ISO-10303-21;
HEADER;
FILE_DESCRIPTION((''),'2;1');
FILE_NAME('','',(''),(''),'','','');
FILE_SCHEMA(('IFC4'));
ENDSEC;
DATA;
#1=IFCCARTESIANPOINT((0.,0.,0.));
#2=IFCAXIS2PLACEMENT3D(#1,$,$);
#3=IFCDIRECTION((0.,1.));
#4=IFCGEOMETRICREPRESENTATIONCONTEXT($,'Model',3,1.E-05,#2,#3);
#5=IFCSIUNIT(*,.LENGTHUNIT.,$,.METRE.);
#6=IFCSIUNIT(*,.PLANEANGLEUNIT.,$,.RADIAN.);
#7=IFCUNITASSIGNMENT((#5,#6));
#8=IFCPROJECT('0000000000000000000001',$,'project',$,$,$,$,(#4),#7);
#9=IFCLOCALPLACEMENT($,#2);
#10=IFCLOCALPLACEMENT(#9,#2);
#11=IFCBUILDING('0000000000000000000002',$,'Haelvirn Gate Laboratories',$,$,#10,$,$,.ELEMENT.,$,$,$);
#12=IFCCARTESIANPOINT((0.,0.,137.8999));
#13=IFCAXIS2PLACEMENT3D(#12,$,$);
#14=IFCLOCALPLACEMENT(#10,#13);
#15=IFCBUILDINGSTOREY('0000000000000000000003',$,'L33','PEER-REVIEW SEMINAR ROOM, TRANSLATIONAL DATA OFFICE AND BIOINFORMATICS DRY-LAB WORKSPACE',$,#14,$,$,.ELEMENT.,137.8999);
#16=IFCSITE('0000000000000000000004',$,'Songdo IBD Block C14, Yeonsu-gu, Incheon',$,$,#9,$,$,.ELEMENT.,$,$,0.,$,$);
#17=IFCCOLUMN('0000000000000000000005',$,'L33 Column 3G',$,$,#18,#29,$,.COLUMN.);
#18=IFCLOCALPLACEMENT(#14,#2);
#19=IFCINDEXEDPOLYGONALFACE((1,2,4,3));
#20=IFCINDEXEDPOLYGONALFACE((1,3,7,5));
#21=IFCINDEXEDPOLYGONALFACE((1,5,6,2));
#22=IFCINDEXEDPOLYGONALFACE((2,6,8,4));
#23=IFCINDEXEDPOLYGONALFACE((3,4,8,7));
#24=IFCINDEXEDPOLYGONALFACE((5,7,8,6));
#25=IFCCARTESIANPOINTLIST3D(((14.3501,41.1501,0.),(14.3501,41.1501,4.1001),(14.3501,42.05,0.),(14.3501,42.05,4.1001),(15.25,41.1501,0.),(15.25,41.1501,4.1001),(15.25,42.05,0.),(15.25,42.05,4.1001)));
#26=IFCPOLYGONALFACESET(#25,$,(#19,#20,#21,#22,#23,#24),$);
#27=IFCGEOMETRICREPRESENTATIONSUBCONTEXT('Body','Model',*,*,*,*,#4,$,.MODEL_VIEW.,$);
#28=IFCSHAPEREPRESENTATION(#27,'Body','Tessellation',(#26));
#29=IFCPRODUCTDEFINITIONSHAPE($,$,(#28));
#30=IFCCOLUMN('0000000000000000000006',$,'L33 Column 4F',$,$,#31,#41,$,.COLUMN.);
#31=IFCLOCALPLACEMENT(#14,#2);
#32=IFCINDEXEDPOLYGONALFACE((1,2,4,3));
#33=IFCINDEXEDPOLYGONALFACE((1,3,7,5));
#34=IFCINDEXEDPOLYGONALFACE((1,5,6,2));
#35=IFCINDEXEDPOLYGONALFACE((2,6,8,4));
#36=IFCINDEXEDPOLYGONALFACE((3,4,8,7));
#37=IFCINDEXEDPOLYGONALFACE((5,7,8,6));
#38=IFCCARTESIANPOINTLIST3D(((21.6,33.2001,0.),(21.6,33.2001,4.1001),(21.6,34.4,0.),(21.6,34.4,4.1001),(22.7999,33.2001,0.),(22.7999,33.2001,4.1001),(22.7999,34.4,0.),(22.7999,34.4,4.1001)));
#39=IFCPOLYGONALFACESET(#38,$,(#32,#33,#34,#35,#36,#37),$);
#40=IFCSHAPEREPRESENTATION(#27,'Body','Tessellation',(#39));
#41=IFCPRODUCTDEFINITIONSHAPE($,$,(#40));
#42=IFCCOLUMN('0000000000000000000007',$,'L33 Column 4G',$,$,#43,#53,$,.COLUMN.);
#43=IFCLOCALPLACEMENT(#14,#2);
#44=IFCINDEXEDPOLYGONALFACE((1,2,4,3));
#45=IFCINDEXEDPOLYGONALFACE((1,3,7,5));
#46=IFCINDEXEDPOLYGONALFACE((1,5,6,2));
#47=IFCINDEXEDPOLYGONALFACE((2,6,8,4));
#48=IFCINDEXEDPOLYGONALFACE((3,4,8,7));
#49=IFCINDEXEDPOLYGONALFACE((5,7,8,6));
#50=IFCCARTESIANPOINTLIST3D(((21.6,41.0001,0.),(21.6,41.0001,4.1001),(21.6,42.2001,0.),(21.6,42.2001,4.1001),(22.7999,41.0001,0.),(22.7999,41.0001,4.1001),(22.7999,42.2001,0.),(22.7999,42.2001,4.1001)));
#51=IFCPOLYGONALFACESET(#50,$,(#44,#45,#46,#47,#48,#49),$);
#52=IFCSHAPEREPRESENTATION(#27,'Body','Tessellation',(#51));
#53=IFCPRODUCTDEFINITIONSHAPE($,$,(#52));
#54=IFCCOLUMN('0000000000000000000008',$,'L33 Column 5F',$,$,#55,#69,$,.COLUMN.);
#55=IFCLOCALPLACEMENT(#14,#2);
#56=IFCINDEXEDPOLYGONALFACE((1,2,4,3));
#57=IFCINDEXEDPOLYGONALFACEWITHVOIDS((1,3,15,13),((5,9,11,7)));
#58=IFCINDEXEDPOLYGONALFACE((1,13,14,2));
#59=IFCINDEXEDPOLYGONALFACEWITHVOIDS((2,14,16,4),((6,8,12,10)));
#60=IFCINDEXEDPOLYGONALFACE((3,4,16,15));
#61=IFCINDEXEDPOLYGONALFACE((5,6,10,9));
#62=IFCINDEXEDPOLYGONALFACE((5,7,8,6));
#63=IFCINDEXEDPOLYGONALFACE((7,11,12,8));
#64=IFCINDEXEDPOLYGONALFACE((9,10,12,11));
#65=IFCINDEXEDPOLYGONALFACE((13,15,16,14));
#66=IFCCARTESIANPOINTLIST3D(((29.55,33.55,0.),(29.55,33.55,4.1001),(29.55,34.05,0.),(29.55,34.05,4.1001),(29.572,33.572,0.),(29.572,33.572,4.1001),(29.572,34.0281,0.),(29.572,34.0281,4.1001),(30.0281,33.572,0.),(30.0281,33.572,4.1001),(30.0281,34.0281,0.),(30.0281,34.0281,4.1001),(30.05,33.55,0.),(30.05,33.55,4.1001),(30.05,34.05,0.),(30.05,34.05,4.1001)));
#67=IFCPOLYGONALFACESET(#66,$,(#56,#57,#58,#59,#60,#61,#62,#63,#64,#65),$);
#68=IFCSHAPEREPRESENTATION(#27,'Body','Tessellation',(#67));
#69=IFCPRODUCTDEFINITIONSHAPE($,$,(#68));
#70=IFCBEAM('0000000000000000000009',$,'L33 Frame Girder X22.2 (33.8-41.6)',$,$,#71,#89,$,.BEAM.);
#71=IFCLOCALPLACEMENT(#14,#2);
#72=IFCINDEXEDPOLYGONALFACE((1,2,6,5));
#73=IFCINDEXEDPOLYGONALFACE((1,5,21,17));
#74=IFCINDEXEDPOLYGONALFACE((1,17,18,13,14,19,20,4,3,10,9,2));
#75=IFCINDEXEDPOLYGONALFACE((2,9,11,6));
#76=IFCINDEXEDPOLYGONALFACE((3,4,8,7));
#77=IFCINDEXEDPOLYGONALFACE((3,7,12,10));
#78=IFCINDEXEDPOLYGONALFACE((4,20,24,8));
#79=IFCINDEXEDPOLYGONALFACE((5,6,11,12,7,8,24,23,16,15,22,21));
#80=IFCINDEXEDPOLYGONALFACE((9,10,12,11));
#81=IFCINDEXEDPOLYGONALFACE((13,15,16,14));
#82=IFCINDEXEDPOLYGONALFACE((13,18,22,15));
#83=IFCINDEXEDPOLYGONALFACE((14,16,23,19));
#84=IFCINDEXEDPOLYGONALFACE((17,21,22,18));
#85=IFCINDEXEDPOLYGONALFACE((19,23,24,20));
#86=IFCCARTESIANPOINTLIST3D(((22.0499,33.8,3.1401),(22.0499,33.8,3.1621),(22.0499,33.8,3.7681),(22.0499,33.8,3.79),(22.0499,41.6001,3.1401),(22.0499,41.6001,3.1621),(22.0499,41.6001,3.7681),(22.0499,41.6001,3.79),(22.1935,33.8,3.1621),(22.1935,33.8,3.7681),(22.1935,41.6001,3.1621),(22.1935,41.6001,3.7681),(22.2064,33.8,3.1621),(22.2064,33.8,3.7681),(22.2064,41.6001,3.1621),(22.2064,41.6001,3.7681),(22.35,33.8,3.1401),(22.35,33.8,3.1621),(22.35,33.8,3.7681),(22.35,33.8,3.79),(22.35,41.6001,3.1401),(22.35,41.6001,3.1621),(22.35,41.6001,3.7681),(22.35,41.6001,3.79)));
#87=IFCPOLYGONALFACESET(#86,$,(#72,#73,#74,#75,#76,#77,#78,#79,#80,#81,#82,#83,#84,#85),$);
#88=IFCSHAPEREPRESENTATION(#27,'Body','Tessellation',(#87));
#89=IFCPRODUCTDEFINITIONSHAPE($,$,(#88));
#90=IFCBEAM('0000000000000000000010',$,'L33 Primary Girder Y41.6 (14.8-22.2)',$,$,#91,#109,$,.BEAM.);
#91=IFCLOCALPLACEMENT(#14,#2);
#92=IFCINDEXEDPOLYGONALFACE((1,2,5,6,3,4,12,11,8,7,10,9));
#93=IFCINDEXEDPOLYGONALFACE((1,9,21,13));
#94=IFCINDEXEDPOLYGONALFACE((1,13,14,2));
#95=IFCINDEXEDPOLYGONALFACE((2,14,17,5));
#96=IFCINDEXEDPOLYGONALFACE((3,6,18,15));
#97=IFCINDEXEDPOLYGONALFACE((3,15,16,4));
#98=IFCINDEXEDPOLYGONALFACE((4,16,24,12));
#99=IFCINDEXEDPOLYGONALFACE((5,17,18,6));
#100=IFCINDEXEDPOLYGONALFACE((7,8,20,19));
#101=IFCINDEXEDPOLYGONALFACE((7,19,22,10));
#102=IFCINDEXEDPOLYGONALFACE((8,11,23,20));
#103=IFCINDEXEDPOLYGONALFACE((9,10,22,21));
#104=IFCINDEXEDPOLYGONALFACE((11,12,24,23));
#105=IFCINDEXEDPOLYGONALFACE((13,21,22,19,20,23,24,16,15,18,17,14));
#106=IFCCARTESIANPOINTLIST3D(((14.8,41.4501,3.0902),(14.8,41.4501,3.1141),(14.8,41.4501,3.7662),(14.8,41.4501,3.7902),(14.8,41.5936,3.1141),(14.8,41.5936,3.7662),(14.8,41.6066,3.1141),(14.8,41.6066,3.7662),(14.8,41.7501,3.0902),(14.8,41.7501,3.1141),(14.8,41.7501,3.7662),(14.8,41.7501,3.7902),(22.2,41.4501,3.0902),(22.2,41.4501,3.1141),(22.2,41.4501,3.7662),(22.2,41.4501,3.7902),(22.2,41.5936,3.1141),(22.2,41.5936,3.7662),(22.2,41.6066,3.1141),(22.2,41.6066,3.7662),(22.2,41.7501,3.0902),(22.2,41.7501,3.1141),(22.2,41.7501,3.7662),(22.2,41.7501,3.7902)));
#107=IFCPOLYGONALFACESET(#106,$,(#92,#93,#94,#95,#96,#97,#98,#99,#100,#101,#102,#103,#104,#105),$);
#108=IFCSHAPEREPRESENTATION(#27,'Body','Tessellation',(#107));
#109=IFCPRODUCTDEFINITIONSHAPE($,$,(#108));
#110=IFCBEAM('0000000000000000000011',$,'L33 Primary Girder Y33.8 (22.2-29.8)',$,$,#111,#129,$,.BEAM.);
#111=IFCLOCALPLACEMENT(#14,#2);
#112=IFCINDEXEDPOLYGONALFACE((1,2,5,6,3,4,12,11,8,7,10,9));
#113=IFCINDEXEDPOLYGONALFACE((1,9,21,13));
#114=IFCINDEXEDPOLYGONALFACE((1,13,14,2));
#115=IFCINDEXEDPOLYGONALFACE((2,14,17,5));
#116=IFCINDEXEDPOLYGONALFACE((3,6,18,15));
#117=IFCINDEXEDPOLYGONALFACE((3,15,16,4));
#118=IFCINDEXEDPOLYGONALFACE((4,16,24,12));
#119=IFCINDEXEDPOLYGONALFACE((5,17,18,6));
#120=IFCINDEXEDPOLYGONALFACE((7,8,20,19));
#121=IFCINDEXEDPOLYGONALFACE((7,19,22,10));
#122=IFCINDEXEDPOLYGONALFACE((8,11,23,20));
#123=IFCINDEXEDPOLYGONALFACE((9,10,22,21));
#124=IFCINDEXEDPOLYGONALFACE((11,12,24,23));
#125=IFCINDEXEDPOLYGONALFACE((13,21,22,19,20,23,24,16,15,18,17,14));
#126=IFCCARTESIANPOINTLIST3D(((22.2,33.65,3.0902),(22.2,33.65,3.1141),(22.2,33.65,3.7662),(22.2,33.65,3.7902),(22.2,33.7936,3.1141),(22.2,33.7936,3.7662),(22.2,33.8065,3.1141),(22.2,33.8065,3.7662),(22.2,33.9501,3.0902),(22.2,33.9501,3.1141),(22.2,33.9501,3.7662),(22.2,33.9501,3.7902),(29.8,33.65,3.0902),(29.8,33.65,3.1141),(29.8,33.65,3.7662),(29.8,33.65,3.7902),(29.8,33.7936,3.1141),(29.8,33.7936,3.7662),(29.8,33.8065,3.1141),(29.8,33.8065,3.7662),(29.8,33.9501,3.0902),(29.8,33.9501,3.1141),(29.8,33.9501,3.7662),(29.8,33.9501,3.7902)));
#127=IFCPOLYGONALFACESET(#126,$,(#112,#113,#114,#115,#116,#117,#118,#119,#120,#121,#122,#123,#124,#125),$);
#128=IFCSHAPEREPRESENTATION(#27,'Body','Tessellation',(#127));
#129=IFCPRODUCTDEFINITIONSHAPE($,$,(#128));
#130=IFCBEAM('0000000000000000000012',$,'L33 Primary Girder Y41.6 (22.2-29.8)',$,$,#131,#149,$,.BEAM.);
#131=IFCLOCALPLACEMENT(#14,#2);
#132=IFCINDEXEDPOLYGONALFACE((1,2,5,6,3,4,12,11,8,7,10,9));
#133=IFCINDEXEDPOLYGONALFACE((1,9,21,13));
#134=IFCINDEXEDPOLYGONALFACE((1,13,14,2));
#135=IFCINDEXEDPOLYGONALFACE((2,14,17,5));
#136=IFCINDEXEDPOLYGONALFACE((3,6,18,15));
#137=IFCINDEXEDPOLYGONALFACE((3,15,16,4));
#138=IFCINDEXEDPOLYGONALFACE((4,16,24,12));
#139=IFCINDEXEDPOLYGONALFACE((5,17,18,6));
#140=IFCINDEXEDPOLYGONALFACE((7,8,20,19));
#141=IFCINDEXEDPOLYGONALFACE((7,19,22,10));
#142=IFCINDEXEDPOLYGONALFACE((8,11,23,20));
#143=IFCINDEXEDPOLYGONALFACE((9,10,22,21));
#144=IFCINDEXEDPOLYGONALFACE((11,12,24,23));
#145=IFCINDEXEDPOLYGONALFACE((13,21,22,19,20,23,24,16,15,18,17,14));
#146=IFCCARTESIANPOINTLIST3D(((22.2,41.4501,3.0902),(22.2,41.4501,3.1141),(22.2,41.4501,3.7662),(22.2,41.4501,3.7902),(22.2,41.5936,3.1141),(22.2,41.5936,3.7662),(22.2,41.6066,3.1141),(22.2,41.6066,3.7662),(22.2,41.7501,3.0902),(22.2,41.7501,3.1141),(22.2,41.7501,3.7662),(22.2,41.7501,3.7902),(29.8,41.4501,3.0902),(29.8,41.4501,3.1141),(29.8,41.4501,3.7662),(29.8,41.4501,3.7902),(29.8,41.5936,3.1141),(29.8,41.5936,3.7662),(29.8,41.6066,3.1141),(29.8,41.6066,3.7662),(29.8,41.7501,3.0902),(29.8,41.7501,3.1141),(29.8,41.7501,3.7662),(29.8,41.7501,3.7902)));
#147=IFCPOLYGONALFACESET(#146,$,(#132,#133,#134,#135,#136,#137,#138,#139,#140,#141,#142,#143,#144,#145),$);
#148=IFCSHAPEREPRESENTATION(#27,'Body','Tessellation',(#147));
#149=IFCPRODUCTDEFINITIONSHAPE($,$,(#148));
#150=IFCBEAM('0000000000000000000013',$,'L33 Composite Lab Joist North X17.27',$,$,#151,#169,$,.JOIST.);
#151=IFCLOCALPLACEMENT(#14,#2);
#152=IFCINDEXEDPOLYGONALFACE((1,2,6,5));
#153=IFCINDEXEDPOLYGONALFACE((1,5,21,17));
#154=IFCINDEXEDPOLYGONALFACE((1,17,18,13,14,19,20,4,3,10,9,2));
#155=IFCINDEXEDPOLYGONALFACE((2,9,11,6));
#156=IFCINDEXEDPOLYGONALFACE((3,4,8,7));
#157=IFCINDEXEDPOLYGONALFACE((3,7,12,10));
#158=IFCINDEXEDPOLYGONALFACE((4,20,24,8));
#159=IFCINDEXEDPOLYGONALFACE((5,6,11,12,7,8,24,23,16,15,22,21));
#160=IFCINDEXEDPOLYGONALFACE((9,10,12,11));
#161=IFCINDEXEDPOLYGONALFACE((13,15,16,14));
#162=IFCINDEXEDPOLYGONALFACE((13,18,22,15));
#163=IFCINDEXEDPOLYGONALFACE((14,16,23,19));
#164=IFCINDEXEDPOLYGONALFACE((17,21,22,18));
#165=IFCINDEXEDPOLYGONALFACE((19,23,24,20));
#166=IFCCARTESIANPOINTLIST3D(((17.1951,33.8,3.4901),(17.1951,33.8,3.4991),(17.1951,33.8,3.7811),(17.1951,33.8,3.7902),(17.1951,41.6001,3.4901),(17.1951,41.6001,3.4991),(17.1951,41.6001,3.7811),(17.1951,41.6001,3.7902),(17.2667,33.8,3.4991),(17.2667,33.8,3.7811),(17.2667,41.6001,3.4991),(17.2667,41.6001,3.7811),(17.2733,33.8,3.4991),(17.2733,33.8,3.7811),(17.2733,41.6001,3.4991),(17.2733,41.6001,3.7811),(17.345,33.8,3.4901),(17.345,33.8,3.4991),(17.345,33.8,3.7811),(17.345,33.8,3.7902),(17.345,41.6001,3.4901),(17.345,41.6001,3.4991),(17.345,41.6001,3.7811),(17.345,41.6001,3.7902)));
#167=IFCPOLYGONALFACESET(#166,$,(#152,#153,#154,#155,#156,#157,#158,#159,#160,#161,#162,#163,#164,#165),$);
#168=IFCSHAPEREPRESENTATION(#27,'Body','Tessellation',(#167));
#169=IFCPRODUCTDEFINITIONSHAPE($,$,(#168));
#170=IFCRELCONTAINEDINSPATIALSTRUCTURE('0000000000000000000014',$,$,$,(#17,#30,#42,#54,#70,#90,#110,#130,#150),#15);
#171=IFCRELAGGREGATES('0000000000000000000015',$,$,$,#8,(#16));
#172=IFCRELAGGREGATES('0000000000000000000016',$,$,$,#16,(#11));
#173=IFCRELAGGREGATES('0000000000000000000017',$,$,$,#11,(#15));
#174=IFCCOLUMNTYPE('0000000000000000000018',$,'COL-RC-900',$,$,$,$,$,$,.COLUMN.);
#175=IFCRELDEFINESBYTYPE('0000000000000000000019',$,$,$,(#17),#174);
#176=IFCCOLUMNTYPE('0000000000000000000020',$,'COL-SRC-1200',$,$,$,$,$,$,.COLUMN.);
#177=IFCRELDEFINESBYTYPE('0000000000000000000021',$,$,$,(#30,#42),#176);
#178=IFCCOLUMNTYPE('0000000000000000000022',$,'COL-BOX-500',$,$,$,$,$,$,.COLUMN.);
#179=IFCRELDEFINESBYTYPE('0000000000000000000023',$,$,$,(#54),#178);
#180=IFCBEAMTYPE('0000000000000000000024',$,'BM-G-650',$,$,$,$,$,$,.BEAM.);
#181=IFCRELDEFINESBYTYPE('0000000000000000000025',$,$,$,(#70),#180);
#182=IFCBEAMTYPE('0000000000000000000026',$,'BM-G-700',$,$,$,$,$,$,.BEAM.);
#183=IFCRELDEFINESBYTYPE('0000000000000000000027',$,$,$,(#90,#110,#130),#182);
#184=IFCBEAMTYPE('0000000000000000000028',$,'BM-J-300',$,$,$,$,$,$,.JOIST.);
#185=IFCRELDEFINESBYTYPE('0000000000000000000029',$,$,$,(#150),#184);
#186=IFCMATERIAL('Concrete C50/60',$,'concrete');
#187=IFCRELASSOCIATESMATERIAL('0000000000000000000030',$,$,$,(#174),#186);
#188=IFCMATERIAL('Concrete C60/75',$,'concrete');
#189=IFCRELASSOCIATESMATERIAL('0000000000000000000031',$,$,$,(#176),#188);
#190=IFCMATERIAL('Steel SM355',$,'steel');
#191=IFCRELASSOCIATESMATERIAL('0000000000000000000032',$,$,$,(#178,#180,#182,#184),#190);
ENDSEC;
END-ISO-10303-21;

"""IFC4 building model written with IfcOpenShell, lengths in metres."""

from ifc_helpers import new_model, si_unit, direction, frame, origin, origin_2d, place, context, subcontext, project, spatial, rectangle, hollow_rectangle, i_section, extrude, source, transform, mapped, material, material_profile, profile_set, type_object, type_shapes, element, save


model = new_model("IFC4")

# Units and contexts
model_context = context("Model", 3, precision=1e-05, world=origin(), true_north=direction((0.0, 1.0)))
body_context = subcontext(model_context, "Body", "Model", "MODEL_VIEW")
ifc_project = project(units=[si_unit("LENGTHUNIT", "METRE"), si_unit("PLANEANGLEUNIT", "RADIAN")], contexts=[model_context])

# Site, building, storey
site_placement = place(None, origin())
site = spatial("IfcSite", under=ifc_project, at=site_placement, Name="Songdo IBD Block C14, Yeonsu-gu, Incheon", CompositionType="ELEMENT", RefElevation=0.0)
building_placement = place(site_placement, origin())
building = spatial("IfcBuilding", under=site, at=building_placement, Name="Haelvirn Gate Laboratories", CompositionType="ELEMENT")
storey_placement = place(building_placement, frame((0.0, 0.0, 137.8999)))
storey = spatial("IfcBuildingStorey", under=building, at=storey_placement, Name="L33", Description="PEER-REVIEW SEMINAR ROOM, TRANSLATIONAL DATA OFFICE AND BIOINFORMATICS DRY-LAB WORKSPACE", CompositionType="ELEMENT", Elevation=137.8999)

# Columns
ifc_material_1 = material(Name="Concrete C50/60", Category="concrete")
ifc_material_profile_1 = material_profile(ifc_material_1, rectangle(XDim=0.8999, YDim=0.8999, at=origin_2d()), Name="RC-900x900")
ifc_profile_set_1 = profile_set([ifc_material_profile_1], Name="Concrete C50/60")
column_type_1 = type_object("IfcColumnType", Name="COL-RC-900", PredefinedType="COLUMN", material=ifc_profile_set_1)
shared_shape_1 = source(origin(), body_context, "Body", "SweptSolid", [
    extrude(rectangle(XDim=0.8999, YDim=0.8999, at=origin_2d()), origin(), (0.0, 0.0, 1.0), 4.1001),
])
type_shapes(column_type_1, [shared_shape_1])
column_1_placement = place(storey_placement, frame((14.8, 41.6001, 0.0), z_axis=(0.0, 0.0, 1.0), x_axis=(1.0, 0.0, 0.0)))
element("IfcColumn", 1, at=column_1_placement, inside=storey, type_object=column_type_1, Name="L33 Column 3G", PredefinedType="COLUMN", context=body_context, shape_type="MappedRepresentation", body=[
    mapped(shared_shape_1, transform((0.0, 0.0, 0.0), scale=1.0)),
])
ifc_material_2 = material(Name="Concrete C60/75", Category="concrete")
ifc_material_profile_2 = material_profile(ifc_material_2, rectangle(XDim=1.2, YDim=1.2, at=origin_2d()), Name="SRC-1200x1200")
ifc_profile_set_2 = profile_set([ifc_material_profile_2], Name="Concrete C60/75")
column_type_2 = type_object("IfcColumnType", Name="COL-SRC-1200", PredefinedType="COLUMN", material=ifc_profile_set_2)
shared_shape_2 = source(origin(), body_context, "Body", "SweptSolid", [
    extrude(rectangle(XDim=1.2, YDim=1.2, at=origin_2d()), origin(), (0.0, 0.0, 1.0), 4.1001),
])
type_shapes(column_type_2, [shared_shape_2])
for number, where, z_axis, x_axis, name in (
    (2, (22.2, 33.8, 0.0), (0.0, 0.0, 1.0), (1.0, 0.0, 0.0), "L33 Column 4F"),
    (3, (22.2, 41.6001, 0.0), (0.0, 0.0, 1.0), (1.0, 0.0, 0.0), "L33 Column 4G"),
):
    element("IfcColumn", number, at=place(storey_placement, frame(where, z_axis=z_axis, x_axis=x_axis)), inside=storey, type_object=column_type_2, Name=name, PredefinedType="COLUMN", context=body_context, shape_type="MappedRepresentation", body=[
        mapped(shared_shape_2, transform((0.0, 0.0, 0.0), scale=1.0)),
    ])
ifc_material_3 = material(Name="Steel SM355", Category="steel")
ifc_material_profile_3 = material_profile(ifc_material_3, hollow_rectangle(XDim=0.5, YDim=0.5, WallThickness=0.022, at=origin_2d()), Name="BOX-500x500x22")
ifc_profile_set_3 = profile_set([ifc_material_profile_3], Name="Steel SM355")
column_type_3 = type_object("IfcColumnType", Name="COL-BOX-500", PredefinedType="COLUMN", material=ifc_profile_set_3)
shared_shape_3 = source(origin(), body_context, "Body", "SweptSolid", [
    extrude(hollow_rectangle(XDim=0.5, YDim=0.5, WallThickness=0.022, at=origin_2d()), origin(), (0.0, 0.0, 1.0), 4.1001),
])
type_shapes(column_type_3, [shared_shape_3])
column_2_placement = place(storey_placement, frame((29.8, 33.8, 0.0), z_axis=(0.0, 0.0, 1.0), x_axis=(1.0, 0.0, 0.0)))
element("IfcColumn", 4, at=column_2_placement, inside=storey, type_object=column_type_3, Name="L33 Column 5F", PredefinedType="COLUMN", context=body_context, shape_type="MappedRepresentation", body=[
    mapped(shared_shape_3, transform((0.0, 0.0, 0.0), scale=1.0)),
])

# Beams
ifc_material_profile_4 = material_profile(ifc_material_3, i_section(OverallWidth=0.3, OverallDepth=0.6499, WebThickness=0.0129, FlangeThickness=0.022, at=origin_2d()), Name="H-650x300x13x22")
ifc_profile_set_4 = profile_set([ifc_material_profile_4], Name="Steel SM355")
beam_type_1 = type_object("IfcBeamType", Name="BM-G-650", PredefinedType="BEAM", material=ifc_profile_set_4)
shared_shape_4 = source(origin(), body_context, "Body", "SweptSolid", [
    extrude(i_section(OverallWidth=0.3, OverallDepth=0.6499, WebThickness=0.0129, FlangeThickness=0.022, at=origin_2d()), origin(), (0.0, 0.0, 1.0), 7.8),
])
type_shapes(beam_type_1, [shared_shape_4])
beam_1_placement = place(storey_placement, frame((22.2, 33.8, 3.4651), z_axis=(0.0, 1.0, 0.0), x_axis=(-1.0, 0.0, 0.0)))
element("IfcBeam", 5, at=beam_1_placement, inside=storey, type_object=beam_type_1, Name="L33 Frame Girder X22.2 (33.8-41.6)", PredefinedType="BEAM", context=body_context, shape_type="MappedRepresentation", body=[
    mapped(shared_shape_4, transform((0.0, 0.0, 0.0), scale=1.0)),
])
ifc_material_profile_5 = material_profile(ifc_material_3, i_section(OverallWidth=0.3, OverallDepth=0.7, WebThickness=0.0129, FlangeThickness=0.0239, at=origin_2d()), Name="H-700x300x13x24")
ifc_profile_set_5 = profile_set([ifc_material_profile_5], Name="Steel SM355")
beam_type_2 = type_object("IfcBeamType", Name="BM-G-700", PredefinedType="BEAM", material=ifc_profile_set_5)
shared_shape_5 = source(origin(), body_context, "Body", "SweptSolid", [
    extrude(i_section(OverallWidth=0.3, OverallDepth=0.7, WebThickness=0.0129, FlangeThickness=0.0239, at=origin_2d()), origin(), (0.0, 0.0, 1.0), 7.3999),
])
beam_2_placement = place(storey_placement, frame((14.8, 41.6001, 3.4402), z_axis=(1.0, 0.0, 0.0), x_axis=(0.0, 1.0, 0.0)))
element("IfcBeam", 6, at=beam_2_placement, inside=storey, type_object=beam_type_2, Name="L33 Primary Girder Y41.6 (14.8-22.2)", PredefinedType="BEAM", context=body_context, shape_type="MappedRepresentation", body=[
    mapped(shared_shape_5, transform((0.0, 0.0, 0.0), scale=1.0)),
])
shared_shape_6 = source(origin(), body_context, "Body", "SweptSolid", [
    extrude(i_section(OverallWidth=0.3, OverallDepth=0.7, WebThickness=0.0129, FlangeThickness=0.0239, at=origin_2d()), origin(), (0.0, 0.0, 1.0), 7.6001),
])
type_shapes(beam_type_2, [shared_shape_5, shared_shape_6])
for number, where, z_axis, x_axis, name in (
    (7, (22.2, 33.8, 3.4402), (1.0, 0.0, 0.0), (0.0, 1.0, 0.0), "L33 Primary Girder Y33.8 (22.2-29.8)"),
    (8, (22.2, 41.6001, 3.4402), (1.0, 0.0, 0.0), (0.0, 1.0, 0.0), "L33 Primary Girder Y41.6 (22.2-29.8)"),
):
    element("IfcBeam", number, at=place(storey_placement, frame(where, z_axis=z_axis, x_axis=x_axis)), inside=storey, type_object=beam_type_2, Name=name, PredefinedType="BEAM", context=body_context, shape_type="MappedRepresentation", body=[
        mapped(shared_shape_6, transform((0.0, 0.0, 0.0), scale=1.0)),
    ])
ifc_material_profile_6 = material_profile(ifc_material_3, i_section(OverallWidth=0.1499, OverallDepth=0.3, WebThickness=0.0066, FlangeThickness=0.009, at=origin_2d()), Name="H-300x150x6.5x9")
ifc_profile_set_6 = profile_set([ifc_material_profile_6], Name="Steel SM355")
beam_type_3 = type_object("IfcBeamType", Name="BM-J-300", PredefinedType="JOIST", material=ifc_profile_set_6)
shared_shape_7 = source(origin(), body_context, "Body", "SweptSolid", [
    extrude(i_section(OverallWidth=0.1499, OverallDepth=0.3, WebThickness=0.0066, FlangeThickness=0.009, at=origin_2d()), origin(), (0.0, 0.0, 1.0), 7.8),
])
type_shapes(beam_type_3, [shared_shape_7])
for number, where, z_axis, x_axis, name in (
    (9, (17.27, 33.8, 3.6401), (0.0, 1.0, 0.0), (-1.0, 0.0, 0.0), "L33 Composite Lab Joist North X17.27"),
):
    element("IfcBeam", number, at=place(storey_placement, frame(where, z_axis=z_axis, x_axis=x_axis)), inside=storey, type_object=beam_type_3, Name=name, PredefinedType="JOIST", context=body_context, shape_type="MappedRepresentation", body=[
        mapped(shared_shape_7, transform((0.0, 0.0, 0.0), scale=1.0)),
    ])

save(model, "model.ifc")
